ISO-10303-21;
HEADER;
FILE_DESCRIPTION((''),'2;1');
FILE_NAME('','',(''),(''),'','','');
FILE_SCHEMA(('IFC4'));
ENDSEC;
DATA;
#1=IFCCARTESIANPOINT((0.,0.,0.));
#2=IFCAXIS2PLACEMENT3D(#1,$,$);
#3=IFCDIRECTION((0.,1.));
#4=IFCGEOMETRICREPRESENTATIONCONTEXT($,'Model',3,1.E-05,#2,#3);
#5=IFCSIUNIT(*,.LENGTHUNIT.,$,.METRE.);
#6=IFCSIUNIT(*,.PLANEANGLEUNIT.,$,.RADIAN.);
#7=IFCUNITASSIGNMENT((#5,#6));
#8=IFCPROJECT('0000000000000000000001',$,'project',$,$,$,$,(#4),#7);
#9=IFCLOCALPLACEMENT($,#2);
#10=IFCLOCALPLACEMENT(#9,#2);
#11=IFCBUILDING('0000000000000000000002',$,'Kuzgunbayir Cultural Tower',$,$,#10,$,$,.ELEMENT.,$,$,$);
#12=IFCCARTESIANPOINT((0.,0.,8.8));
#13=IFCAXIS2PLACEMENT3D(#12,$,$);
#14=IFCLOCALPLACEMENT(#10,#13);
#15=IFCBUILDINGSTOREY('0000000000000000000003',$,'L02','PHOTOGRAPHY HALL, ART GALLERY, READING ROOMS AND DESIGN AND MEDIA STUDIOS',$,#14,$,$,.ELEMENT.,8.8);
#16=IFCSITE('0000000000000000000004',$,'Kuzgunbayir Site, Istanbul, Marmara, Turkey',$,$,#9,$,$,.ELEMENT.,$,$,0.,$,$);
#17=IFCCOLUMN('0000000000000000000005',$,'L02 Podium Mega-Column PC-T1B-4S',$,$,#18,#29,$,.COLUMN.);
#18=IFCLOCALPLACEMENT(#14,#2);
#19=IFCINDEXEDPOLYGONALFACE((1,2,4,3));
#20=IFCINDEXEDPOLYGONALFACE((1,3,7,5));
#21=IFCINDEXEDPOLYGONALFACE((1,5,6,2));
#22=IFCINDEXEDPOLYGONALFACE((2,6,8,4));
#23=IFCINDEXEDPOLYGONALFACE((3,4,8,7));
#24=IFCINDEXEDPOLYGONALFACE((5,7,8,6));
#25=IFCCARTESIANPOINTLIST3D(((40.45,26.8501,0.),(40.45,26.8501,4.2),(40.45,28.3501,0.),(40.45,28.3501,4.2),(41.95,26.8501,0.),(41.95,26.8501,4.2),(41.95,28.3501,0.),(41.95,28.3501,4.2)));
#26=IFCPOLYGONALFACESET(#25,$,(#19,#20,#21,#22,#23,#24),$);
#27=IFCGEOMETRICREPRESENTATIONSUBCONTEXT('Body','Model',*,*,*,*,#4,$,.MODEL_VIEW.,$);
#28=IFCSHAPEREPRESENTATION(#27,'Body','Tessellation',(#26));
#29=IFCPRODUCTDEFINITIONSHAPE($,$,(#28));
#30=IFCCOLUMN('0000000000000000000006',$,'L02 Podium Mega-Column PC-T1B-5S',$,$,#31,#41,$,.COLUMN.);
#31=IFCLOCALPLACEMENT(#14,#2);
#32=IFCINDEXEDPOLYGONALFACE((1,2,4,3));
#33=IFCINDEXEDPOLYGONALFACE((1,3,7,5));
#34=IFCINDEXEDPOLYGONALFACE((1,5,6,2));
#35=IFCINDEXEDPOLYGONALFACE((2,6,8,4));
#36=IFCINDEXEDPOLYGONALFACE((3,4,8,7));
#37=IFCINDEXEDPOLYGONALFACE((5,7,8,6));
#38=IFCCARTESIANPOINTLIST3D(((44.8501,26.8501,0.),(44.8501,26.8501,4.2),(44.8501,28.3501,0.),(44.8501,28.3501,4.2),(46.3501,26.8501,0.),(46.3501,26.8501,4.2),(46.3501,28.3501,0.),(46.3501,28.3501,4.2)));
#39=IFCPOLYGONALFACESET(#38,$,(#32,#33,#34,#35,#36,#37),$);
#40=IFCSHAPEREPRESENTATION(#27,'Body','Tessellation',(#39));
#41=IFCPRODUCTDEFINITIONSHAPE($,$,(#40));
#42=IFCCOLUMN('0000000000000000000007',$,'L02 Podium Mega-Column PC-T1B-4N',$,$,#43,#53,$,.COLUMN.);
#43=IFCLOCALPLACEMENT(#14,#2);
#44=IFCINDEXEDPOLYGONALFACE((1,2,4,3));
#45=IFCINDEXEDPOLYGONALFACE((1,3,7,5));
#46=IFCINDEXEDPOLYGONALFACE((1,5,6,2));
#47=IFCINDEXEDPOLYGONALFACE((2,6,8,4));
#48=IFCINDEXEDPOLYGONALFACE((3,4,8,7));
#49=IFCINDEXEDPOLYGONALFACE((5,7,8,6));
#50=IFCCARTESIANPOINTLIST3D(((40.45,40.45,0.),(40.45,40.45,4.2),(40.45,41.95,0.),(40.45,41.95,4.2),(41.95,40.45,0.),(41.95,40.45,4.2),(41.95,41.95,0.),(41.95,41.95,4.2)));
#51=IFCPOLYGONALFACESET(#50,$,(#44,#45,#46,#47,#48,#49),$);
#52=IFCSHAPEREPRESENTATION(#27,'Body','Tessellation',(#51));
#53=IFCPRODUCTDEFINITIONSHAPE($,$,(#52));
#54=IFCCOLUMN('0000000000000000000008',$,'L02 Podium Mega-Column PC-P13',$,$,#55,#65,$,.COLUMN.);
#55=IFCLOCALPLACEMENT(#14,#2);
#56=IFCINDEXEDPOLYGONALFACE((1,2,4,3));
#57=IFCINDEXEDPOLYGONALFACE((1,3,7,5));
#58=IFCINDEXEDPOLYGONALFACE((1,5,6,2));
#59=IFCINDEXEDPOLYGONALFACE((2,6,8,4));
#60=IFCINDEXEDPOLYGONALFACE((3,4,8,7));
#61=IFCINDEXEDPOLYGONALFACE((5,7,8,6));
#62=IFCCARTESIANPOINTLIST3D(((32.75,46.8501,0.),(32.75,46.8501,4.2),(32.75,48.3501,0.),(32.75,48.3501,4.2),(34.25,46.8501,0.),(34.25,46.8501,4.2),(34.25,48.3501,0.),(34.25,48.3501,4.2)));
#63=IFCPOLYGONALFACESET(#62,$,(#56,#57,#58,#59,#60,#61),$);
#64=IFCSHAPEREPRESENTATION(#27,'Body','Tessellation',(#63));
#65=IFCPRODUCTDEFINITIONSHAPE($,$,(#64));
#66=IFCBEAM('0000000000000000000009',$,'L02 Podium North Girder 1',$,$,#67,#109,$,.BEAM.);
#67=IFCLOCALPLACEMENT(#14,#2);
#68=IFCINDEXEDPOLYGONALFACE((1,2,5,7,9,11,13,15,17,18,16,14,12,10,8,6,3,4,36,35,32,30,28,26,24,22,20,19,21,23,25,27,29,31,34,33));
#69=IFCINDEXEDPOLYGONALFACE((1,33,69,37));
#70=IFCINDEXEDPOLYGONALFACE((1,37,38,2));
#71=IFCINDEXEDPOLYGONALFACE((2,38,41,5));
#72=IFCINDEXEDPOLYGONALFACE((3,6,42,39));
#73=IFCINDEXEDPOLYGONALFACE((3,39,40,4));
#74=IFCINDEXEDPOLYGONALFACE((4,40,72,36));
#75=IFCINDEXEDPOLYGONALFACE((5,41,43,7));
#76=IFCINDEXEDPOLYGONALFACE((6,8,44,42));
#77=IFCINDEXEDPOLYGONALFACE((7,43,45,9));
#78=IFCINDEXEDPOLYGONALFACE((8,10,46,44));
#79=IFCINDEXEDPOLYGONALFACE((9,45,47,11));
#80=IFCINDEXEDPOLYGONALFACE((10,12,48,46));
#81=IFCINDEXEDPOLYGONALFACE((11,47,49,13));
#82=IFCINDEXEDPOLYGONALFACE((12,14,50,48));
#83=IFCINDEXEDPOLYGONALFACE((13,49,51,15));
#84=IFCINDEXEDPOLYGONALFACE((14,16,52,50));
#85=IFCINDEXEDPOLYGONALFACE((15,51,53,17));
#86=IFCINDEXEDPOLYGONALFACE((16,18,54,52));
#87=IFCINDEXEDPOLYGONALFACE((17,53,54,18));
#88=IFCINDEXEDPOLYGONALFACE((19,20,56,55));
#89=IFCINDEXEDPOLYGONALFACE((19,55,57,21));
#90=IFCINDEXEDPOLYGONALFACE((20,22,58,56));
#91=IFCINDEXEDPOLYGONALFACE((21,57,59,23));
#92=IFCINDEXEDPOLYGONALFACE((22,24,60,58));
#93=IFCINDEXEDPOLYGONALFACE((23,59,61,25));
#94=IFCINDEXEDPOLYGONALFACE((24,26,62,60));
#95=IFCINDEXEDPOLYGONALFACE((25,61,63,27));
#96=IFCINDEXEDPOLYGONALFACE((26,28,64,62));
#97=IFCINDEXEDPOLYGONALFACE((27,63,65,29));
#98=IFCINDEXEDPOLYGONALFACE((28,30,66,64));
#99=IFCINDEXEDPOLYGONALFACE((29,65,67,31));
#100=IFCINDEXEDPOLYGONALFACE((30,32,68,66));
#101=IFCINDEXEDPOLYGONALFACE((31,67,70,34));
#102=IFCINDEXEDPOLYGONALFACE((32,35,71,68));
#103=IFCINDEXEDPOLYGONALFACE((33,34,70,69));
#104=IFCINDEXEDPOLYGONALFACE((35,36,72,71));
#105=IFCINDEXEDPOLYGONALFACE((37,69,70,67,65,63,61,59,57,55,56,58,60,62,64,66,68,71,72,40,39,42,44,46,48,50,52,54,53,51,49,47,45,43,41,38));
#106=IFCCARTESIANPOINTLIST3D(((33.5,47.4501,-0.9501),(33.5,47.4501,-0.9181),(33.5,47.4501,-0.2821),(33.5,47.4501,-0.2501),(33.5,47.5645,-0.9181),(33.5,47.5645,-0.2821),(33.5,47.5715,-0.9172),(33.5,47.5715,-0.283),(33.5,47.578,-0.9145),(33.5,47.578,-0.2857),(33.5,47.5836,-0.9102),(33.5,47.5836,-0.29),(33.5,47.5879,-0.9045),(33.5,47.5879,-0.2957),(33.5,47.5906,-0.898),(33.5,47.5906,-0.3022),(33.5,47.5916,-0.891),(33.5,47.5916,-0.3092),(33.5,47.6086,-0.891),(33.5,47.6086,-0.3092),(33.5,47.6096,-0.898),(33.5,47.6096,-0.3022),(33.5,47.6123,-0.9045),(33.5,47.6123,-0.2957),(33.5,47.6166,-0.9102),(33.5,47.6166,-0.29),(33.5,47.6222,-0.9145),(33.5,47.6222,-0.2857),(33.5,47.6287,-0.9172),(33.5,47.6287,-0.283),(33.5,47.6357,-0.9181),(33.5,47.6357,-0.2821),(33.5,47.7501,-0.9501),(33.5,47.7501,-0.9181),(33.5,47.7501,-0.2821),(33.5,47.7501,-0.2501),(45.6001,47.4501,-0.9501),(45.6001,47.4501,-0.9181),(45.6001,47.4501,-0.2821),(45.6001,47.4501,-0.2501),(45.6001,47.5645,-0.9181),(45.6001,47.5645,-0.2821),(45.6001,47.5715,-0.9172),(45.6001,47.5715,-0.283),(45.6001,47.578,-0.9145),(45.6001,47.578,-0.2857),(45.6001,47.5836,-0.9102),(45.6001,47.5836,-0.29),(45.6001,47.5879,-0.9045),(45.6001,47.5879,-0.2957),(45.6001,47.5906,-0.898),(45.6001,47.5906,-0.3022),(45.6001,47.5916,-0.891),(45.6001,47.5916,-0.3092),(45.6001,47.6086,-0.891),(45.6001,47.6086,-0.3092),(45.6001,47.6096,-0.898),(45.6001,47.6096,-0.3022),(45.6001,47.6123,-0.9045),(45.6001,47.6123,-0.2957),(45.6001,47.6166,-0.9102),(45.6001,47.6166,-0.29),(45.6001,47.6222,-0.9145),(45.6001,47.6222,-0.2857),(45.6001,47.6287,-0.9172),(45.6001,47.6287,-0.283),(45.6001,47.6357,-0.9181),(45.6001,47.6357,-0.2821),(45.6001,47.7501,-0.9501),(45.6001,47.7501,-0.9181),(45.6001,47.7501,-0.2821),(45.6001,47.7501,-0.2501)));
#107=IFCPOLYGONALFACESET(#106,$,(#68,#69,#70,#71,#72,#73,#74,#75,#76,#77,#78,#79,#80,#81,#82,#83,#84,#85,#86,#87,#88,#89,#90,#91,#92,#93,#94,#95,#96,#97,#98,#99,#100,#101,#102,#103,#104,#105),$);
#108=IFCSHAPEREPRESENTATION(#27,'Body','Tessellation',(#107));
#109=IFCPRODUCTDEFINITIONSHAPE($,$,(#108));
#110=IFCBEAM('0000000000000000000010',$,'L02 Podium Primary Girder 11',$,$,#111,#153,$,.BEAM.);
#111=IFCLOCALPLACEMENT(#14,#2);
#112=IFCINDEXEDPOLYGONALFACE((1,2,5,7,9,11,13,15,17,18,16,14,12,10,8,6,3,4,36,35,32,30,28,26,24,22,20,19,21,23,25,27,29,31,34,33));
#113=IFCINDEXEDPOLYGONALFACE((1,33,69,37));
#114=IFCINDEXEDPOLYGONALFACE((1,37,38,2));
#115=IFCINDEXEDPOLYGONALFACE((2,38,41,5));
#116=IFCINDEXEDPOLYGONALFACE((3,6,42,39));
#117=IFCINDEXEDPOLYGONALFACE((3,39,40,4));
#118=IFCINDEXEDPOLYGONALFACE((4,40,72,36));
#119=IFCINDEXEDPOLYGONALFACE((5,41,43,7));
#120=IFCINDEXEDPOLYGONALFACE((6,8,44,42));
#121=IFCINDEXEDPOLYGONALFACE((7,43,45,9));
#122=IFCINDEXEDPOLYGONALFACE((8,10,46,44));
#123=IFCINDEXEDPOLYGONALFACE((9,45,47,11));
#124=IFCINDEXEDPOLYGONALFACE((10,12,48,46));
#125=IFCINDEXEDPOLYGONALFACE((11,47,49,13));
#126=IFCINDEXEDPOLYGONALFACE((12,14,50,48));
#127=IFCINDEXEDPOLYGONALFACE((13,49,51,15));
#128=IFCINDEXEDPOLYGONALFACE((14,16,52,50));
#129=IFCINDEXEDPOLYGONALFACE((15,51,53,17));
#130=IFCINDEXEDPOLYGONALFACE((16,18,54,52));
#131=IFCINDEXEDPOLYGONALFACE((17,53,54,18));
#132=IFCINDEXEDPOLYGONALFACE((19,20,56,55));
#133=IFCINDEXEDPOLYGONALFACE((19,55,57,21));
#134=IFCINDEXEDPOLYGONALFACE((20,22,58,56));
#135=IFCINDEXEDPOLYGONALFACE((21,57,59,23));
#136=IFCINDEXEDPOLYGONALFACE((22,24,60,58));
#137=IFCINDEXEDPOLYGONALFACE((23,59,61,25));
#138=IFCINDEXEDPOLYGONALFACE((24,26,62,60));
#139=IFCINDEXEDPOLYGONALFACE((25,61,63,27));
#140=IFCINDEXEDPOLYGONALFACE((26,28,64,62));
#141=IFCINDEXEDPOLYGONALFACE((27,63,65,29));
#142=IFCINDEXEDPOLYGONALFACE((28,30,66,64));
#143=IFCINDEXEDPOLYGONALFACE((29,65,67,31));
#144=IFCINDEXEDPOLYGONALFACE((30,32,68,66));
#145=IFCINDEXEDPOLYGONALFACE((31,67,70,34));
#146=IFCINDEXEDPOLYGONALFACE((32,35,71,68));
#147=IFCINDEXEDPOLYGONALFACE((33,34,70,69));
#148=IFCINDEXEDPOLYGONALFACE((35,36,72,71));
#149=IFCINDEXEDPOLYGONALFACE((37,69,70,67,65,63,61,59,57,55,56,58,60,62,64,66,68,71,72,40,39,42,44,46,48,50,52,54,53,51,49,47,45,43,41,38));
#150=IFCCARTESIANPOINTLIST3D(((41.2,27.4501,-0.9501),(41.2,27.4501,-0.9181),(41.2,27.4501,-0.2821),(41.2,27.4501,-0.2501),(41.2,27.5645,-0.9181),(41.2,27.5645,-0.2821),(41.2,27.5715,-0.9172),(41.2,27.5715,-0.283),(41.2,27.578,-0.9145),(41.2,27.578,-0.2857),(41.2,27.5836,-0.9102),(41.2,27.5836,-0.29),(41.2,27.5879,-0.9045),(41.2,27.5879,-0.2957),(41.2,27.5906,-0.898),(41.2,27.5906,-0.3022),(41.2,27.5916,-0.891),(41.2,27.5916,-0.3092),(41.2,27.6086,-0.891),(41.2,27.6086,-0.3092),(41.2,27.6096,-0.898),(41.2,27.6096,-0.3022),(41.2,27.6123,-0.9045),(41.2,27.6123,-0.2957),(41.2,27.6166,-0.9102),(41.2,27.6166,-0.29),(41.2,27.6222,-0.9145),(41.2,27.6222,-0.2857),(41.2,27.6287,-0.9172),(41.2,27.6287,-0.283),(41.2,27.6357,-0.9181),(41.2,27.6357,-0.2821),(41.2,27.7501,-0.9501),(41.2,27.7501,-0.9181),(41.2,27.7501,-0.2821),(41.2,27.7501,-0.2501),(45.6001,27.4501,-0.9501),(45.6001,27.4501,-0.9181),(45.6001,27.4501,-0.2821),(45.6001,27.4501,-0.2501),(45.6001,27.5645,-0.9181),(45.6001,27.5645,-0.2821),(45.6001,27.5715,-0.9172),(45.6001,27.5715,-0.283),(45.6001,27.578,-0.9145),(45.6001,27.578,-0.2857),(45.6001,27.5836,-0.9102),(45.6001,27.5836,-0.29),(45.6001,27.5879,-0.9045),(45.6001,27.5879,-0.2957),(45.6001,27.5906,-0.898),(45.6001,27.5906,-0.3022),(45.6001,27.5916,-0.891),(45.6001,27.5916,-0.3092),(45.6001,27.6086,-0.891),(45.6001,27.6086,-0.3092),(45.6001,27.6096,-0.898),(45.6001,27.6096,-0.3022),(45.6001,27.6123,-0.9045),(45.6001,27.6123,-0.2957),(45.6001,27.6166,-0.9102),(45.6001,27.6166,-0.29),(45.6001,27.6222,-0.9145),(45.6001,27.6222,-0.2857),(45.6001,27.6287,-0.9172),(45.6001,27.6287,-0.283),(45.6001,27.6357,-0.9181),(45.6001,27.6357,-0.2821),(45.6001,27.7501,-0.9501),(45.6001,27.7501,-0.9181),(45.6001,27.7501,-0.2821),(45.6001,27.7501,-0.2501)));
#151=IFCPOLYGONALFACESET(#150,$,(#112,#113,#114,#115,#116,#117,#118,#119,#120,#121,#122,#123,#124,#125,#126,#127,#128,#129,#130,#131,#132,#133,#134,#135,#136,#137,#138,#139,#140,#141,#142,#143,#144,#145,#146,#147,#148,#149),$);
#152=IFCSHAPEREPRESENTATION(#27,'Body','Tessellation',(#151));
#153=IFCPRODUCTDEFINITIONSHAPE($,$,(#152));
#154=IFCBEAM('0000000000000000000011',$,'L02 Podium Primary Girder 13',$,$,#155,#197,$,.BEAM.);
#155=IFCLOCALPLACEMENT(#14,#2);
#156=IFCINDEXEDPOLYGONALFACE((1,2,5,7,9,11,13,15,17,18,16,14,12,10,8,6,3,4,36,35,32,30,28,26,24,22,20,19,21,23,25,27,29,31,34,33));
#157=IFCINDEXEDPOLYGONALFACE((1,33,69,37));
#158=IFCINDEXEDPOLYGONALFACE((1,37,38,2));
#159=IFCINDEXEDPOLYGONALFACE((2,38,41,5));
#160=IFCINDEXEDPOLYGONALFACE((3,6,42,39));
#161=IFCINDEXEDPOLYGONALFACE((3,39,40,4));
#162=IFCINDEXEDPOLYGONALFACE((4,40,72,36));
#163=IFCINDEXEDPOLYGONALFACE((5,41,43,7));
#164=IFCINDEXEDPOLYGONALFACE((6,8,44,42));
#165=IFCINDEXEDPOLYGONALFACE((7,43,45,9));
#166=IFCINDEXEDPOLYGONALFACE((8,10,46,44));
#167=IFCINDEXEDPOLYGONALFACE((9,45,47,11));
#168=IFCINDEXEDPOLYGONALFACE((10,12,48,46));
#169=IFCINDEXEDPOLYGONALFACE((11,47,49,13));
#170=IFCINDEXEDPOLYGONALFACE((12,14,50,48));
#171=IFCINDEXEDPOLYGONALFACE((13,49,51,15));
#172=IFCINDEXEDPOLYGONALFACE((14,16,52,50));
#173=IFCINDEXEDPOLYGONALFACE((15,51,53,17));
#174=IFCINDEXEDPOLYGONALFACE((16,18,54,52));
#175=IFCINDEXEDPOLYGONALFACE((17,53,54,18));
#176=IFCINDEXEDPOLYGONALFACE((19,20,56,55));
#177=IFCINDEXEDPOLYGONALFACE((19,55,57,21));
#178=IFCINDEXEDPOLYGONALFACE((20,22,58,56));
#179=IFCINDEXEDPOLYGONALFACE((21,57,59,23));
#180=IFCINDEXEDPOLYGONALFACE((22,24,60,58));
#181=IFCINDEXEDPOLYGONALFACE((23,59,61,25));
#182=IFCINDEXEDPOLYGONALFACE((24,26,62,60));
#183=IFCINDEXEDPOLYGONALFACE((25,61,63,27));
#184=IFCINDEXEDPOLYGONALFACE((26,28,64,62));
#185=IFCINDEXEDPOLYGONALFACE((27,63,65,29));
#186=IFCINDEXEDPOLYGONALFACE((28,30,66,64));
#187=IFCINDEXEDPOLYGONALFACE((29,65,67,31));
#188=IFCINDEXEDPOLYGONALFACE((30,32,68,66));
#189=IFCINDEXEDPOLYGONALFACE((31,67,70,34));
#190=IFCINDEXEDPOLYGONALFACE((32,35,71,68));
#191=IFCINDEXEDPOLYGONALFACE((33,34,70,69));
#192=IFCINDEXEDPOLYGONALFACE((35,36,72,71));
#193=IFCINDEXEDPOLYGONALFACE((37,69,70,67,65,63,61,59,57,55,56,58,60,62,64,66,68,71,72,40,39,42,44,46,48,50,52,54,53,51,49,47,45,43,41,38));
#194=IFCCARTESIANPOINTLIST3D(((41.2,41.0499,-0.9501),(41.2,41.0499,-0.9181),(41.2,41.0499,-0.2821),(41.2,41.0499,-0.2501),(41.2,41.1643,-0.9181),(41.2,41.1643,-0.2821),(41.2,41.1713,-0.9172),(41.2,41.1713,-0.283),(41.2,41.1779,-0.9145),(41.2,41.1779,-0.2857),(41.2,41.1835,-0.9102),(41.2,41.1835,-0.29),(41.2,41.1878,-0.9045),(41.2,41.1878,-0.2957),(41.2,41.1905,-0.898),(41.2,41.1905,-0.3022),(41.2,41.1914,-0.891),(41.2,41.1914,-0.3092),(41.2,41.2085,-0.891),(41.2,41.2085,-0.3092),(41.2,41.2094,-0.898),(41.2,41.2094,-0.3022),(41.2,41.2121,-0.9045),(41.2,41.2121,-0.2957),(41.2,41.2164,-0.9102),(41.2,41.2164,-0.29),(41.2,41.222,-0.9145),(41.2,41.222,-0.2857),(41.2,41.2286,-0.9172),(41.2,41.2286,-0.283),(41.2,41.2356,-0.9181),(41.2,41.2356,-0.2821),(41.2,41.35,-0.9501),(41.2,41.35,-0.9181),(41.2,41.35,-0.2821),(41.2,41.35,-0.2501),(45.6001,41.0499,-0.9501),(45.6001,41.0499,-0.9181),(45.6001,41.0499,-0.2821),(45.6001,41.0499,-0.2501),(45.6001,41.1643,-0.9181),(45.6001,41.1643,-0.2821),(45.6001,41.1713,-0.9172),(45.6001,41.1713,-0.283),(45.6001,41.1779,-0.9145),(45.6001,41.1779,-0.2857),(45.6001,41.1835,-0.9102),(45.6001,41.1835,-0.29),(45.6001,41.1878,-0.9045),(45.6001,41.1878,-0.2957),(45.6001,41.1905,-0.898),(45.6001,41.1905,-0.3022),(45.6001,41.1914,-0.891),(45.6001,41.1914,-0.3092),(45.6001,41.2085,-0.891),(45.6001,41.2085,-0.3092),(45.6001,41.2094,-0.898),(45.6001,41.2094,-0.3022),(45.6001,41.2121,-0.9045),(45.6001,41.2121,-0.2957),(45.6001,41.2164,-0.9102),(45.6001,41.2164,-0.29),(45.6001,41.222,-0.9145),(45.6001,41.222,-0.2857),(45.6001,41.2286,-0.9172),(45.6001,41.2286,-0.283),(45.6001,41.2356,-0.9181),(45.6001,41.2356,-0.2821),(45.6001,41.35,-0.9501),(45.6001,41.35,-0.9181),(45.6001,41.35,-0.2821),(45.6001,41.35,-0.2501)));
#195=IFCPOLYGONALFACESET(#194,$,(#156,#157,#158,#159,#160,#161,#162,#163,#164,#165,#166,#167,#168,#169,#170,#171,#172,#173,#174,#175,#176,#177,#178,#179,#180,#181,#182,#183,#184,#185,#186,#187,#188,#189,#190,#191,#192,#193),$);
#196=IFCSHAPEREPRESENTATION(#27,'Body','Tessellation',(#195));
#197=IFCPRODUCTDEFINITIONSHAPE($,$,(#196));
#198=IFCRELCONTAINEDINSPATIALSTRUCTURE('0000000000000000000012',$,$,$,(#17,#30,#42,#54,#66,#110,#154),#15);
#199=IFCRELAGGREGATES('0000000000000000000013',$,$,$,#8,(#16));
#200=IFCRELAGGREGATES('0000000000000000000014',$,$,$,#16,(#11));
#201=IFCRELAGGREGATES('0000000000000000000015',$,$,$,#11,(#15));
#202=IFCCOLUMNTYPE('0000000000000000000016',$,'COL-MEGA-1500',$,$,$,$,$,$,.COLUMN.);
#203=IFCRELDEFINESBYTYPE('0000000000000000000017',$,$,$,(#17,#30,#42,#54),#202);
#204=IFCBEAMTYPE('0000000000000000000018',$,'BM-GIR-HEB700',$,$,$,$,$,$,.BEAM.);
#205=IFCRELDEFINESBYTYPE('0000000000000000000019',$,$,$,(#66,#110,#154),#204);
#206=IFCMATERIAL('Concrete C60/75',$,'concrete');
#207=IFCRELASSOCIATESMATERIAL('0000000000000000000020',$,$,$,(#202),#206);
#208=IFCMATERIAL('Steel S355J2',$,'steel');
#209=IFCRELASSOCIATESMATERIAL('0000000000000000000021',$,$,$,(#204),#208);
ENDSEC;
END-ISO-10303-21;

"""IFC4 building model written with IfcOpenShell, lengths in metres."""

from ifc_helpers import new_model, si_unit, direction, frame, origin, origin_2d, place, context, subcontext, project, spatial, rectangle, i_section, extrude, material, material_profile, profile_set, type_object, element, save


model = new_model("IFC4")

# Units and contexts
model_context = context("Model", 3, precision=1e-05, world=origin(), true_north=direction((0.0, 1.0)))
body_context = subcontext(model_context, "Body", "Model", "MODEL_VIEW")
ifc_project = project(units=[si_unit("LENGTHUNIT", "METRE"), si_unit("PLANEANGLEUNIT", "RADIAN")], contexts=[model_context])

# Site, building, storey
site_placement = place(None, origin())
site = spatial("IfcSite", under=ifc_project, at=site_placement, Name="Kuzgunbayir Site, Istanbul, Marmara, Turkey", CompositionType="ELEMENT", RefElevation=0.0)
building_placement = place(site_placement, origin())
building = spatial("IfcBuilding", under=site, at=building_placement, Name="Kuzgunbayir Cultural Tower", CompositionType="ELEMENT")
storey_placement = place(building_placement, frame((0.0, 0.0, 8.8)))
storey = spatial("IfcBuildingStorey", under=building, at=storey_placement, Name="L02", Description="PHOTOGRAPHY HALL, ART GALLERY, READING ROOMS AND DESIGN AND MEDIA STUDIOS", CompositionType="ELEMENT", Elevation=8.8)

# Columns
ifc_material_1 = material(Name="Concrete C60/75", Category="concrete")
ifc_material_profile_1 = material_profile(ifc_material_1, rectangle(XDim=1.5, YDim=1.5, at=origin_2d()), Name="RC 1500x1500")
ifc_profile_set_1 = profile_set([ifc_material_profile_1], Name="Concrete C60/75")
column_type = type_object("IfcColumnType", Name="COL-MEGA-1500", PredefinedType="COLUMN", material=ifc_profile_set_1)
for number, where, z_axis, x_axis, name in (
    (1, (41.2, 27.6001, 0.0), (0.0, 0.0, 1.0), (1.0, 0.0, 0.0), "L02 Podium Mega-Column PC-T1B-4S"),
    (2, (45.6001, 27.6001, 0.0), (0.0, 0.0, 1.0), (1.0, 0.0, 0.0), "L02 Podium Mega-Column PC-T1B-5S"),
    (3, (41.2, 41.2, 0.0), (0.0, 0.0, 1.0), (1.0, 0.0, 0.0), "L02 Podium Mega-Column PC-T1B-4N"),
    (4, (33.5, 47.6001, 0.0), (0.0, 0.0, 1.0), (1.0, 0.0, 0.0), "L02 Podium Mega-Column PC-P13"),
):
    element("IfcColumn", number, at=place(storey_placement, frame(where, z_axis=z_axis, x_axis=x_axis)), inside=storey, type_object=column_type, Name=name, PredefinedType="COLUMN", context=body_context, shape_type="SweptSolid", body=[
        extrude(rectangle(XDim=1.5, YDim=1.5, at=origin_2d()), origin(), (0.0, 0.0, 1.0), 4.2),
    ])

# Beams
ifc_material_2 = material(Name="Steel S355J2", Category="steel")
ifc_material_profile_2 = material_profile(ifc_material_2, i_section(OverallWidth=0.3, OverallDepth=0.7, WebThickness=0.0171, FlangeThickness=0.032, FilletRadius=0.0271, at=origin_2d()), Name="HEB 700")
ifc_profile_set_2 = profile_set([ifc_material_profile_2], Name="Steel S355J2")
beam_type_1 = type_object("IfcBeamType", Name="BM-GIR-HEB700", PredefinedType="BEAM", material=ifc_profile_set_2)
beam_1_placement = place(storey_placement, frame((33.5, 47.6001, -0.6001), z_axis=(1.0, 0.0, 0.0), x_axis=(0.0, 1.0, 0.0)))
element("IfcBeam", 5, at=beam_1_placement, inside=storey, type_object=beam_type_1, Name="L02 Podium North Girder 1", PredefinedType="BEAM", context=body_context, shape_type="SweptSolid", body=[
    extrude(i_section(OverallWidth=0.3, OverallDepth=0.7, WebThickness=0.0171, FlangeThickness=0.032, FilletRadius=0.0271, at=origin_2d()), origin(), (0.0, 0.0, 1.0), 12.1001),
])
for number, where, z_axis, x_axis, name in (
    (6, (41.2, 27.6001, -0.6001), (1.0, 0.0, 0.0), (0.0, 1.0, 0.0), "L02 Podium Primary Girder 11"),
    (7, (41.2, 41.2, -0.6001), (1.0, 0.0, 0.0), (0.0, 1.0, 0.0), "L02 Podium Primary Girder 13"),
):
    element("IfcBeam", number, at=place(storey_placement, frame(where, z_axis=z_axis, x_axis=x_axis)), inside=storey, type_object=beam_type_1, Name=name, PredefinedType="BEAM", context=body_context, shape_type="SweptSolid", body=[
        extrude(i_section(OverallWidth=0.3, OverallDepth=0.7, WebThickness=0.0171, FlangeThickness=0.032, FilletRadius=0.0271, at=origin_2d()), origin(), (0.0, 0.0, 1.0), 4.4001),
    ])

save(model, "model.ifc")
